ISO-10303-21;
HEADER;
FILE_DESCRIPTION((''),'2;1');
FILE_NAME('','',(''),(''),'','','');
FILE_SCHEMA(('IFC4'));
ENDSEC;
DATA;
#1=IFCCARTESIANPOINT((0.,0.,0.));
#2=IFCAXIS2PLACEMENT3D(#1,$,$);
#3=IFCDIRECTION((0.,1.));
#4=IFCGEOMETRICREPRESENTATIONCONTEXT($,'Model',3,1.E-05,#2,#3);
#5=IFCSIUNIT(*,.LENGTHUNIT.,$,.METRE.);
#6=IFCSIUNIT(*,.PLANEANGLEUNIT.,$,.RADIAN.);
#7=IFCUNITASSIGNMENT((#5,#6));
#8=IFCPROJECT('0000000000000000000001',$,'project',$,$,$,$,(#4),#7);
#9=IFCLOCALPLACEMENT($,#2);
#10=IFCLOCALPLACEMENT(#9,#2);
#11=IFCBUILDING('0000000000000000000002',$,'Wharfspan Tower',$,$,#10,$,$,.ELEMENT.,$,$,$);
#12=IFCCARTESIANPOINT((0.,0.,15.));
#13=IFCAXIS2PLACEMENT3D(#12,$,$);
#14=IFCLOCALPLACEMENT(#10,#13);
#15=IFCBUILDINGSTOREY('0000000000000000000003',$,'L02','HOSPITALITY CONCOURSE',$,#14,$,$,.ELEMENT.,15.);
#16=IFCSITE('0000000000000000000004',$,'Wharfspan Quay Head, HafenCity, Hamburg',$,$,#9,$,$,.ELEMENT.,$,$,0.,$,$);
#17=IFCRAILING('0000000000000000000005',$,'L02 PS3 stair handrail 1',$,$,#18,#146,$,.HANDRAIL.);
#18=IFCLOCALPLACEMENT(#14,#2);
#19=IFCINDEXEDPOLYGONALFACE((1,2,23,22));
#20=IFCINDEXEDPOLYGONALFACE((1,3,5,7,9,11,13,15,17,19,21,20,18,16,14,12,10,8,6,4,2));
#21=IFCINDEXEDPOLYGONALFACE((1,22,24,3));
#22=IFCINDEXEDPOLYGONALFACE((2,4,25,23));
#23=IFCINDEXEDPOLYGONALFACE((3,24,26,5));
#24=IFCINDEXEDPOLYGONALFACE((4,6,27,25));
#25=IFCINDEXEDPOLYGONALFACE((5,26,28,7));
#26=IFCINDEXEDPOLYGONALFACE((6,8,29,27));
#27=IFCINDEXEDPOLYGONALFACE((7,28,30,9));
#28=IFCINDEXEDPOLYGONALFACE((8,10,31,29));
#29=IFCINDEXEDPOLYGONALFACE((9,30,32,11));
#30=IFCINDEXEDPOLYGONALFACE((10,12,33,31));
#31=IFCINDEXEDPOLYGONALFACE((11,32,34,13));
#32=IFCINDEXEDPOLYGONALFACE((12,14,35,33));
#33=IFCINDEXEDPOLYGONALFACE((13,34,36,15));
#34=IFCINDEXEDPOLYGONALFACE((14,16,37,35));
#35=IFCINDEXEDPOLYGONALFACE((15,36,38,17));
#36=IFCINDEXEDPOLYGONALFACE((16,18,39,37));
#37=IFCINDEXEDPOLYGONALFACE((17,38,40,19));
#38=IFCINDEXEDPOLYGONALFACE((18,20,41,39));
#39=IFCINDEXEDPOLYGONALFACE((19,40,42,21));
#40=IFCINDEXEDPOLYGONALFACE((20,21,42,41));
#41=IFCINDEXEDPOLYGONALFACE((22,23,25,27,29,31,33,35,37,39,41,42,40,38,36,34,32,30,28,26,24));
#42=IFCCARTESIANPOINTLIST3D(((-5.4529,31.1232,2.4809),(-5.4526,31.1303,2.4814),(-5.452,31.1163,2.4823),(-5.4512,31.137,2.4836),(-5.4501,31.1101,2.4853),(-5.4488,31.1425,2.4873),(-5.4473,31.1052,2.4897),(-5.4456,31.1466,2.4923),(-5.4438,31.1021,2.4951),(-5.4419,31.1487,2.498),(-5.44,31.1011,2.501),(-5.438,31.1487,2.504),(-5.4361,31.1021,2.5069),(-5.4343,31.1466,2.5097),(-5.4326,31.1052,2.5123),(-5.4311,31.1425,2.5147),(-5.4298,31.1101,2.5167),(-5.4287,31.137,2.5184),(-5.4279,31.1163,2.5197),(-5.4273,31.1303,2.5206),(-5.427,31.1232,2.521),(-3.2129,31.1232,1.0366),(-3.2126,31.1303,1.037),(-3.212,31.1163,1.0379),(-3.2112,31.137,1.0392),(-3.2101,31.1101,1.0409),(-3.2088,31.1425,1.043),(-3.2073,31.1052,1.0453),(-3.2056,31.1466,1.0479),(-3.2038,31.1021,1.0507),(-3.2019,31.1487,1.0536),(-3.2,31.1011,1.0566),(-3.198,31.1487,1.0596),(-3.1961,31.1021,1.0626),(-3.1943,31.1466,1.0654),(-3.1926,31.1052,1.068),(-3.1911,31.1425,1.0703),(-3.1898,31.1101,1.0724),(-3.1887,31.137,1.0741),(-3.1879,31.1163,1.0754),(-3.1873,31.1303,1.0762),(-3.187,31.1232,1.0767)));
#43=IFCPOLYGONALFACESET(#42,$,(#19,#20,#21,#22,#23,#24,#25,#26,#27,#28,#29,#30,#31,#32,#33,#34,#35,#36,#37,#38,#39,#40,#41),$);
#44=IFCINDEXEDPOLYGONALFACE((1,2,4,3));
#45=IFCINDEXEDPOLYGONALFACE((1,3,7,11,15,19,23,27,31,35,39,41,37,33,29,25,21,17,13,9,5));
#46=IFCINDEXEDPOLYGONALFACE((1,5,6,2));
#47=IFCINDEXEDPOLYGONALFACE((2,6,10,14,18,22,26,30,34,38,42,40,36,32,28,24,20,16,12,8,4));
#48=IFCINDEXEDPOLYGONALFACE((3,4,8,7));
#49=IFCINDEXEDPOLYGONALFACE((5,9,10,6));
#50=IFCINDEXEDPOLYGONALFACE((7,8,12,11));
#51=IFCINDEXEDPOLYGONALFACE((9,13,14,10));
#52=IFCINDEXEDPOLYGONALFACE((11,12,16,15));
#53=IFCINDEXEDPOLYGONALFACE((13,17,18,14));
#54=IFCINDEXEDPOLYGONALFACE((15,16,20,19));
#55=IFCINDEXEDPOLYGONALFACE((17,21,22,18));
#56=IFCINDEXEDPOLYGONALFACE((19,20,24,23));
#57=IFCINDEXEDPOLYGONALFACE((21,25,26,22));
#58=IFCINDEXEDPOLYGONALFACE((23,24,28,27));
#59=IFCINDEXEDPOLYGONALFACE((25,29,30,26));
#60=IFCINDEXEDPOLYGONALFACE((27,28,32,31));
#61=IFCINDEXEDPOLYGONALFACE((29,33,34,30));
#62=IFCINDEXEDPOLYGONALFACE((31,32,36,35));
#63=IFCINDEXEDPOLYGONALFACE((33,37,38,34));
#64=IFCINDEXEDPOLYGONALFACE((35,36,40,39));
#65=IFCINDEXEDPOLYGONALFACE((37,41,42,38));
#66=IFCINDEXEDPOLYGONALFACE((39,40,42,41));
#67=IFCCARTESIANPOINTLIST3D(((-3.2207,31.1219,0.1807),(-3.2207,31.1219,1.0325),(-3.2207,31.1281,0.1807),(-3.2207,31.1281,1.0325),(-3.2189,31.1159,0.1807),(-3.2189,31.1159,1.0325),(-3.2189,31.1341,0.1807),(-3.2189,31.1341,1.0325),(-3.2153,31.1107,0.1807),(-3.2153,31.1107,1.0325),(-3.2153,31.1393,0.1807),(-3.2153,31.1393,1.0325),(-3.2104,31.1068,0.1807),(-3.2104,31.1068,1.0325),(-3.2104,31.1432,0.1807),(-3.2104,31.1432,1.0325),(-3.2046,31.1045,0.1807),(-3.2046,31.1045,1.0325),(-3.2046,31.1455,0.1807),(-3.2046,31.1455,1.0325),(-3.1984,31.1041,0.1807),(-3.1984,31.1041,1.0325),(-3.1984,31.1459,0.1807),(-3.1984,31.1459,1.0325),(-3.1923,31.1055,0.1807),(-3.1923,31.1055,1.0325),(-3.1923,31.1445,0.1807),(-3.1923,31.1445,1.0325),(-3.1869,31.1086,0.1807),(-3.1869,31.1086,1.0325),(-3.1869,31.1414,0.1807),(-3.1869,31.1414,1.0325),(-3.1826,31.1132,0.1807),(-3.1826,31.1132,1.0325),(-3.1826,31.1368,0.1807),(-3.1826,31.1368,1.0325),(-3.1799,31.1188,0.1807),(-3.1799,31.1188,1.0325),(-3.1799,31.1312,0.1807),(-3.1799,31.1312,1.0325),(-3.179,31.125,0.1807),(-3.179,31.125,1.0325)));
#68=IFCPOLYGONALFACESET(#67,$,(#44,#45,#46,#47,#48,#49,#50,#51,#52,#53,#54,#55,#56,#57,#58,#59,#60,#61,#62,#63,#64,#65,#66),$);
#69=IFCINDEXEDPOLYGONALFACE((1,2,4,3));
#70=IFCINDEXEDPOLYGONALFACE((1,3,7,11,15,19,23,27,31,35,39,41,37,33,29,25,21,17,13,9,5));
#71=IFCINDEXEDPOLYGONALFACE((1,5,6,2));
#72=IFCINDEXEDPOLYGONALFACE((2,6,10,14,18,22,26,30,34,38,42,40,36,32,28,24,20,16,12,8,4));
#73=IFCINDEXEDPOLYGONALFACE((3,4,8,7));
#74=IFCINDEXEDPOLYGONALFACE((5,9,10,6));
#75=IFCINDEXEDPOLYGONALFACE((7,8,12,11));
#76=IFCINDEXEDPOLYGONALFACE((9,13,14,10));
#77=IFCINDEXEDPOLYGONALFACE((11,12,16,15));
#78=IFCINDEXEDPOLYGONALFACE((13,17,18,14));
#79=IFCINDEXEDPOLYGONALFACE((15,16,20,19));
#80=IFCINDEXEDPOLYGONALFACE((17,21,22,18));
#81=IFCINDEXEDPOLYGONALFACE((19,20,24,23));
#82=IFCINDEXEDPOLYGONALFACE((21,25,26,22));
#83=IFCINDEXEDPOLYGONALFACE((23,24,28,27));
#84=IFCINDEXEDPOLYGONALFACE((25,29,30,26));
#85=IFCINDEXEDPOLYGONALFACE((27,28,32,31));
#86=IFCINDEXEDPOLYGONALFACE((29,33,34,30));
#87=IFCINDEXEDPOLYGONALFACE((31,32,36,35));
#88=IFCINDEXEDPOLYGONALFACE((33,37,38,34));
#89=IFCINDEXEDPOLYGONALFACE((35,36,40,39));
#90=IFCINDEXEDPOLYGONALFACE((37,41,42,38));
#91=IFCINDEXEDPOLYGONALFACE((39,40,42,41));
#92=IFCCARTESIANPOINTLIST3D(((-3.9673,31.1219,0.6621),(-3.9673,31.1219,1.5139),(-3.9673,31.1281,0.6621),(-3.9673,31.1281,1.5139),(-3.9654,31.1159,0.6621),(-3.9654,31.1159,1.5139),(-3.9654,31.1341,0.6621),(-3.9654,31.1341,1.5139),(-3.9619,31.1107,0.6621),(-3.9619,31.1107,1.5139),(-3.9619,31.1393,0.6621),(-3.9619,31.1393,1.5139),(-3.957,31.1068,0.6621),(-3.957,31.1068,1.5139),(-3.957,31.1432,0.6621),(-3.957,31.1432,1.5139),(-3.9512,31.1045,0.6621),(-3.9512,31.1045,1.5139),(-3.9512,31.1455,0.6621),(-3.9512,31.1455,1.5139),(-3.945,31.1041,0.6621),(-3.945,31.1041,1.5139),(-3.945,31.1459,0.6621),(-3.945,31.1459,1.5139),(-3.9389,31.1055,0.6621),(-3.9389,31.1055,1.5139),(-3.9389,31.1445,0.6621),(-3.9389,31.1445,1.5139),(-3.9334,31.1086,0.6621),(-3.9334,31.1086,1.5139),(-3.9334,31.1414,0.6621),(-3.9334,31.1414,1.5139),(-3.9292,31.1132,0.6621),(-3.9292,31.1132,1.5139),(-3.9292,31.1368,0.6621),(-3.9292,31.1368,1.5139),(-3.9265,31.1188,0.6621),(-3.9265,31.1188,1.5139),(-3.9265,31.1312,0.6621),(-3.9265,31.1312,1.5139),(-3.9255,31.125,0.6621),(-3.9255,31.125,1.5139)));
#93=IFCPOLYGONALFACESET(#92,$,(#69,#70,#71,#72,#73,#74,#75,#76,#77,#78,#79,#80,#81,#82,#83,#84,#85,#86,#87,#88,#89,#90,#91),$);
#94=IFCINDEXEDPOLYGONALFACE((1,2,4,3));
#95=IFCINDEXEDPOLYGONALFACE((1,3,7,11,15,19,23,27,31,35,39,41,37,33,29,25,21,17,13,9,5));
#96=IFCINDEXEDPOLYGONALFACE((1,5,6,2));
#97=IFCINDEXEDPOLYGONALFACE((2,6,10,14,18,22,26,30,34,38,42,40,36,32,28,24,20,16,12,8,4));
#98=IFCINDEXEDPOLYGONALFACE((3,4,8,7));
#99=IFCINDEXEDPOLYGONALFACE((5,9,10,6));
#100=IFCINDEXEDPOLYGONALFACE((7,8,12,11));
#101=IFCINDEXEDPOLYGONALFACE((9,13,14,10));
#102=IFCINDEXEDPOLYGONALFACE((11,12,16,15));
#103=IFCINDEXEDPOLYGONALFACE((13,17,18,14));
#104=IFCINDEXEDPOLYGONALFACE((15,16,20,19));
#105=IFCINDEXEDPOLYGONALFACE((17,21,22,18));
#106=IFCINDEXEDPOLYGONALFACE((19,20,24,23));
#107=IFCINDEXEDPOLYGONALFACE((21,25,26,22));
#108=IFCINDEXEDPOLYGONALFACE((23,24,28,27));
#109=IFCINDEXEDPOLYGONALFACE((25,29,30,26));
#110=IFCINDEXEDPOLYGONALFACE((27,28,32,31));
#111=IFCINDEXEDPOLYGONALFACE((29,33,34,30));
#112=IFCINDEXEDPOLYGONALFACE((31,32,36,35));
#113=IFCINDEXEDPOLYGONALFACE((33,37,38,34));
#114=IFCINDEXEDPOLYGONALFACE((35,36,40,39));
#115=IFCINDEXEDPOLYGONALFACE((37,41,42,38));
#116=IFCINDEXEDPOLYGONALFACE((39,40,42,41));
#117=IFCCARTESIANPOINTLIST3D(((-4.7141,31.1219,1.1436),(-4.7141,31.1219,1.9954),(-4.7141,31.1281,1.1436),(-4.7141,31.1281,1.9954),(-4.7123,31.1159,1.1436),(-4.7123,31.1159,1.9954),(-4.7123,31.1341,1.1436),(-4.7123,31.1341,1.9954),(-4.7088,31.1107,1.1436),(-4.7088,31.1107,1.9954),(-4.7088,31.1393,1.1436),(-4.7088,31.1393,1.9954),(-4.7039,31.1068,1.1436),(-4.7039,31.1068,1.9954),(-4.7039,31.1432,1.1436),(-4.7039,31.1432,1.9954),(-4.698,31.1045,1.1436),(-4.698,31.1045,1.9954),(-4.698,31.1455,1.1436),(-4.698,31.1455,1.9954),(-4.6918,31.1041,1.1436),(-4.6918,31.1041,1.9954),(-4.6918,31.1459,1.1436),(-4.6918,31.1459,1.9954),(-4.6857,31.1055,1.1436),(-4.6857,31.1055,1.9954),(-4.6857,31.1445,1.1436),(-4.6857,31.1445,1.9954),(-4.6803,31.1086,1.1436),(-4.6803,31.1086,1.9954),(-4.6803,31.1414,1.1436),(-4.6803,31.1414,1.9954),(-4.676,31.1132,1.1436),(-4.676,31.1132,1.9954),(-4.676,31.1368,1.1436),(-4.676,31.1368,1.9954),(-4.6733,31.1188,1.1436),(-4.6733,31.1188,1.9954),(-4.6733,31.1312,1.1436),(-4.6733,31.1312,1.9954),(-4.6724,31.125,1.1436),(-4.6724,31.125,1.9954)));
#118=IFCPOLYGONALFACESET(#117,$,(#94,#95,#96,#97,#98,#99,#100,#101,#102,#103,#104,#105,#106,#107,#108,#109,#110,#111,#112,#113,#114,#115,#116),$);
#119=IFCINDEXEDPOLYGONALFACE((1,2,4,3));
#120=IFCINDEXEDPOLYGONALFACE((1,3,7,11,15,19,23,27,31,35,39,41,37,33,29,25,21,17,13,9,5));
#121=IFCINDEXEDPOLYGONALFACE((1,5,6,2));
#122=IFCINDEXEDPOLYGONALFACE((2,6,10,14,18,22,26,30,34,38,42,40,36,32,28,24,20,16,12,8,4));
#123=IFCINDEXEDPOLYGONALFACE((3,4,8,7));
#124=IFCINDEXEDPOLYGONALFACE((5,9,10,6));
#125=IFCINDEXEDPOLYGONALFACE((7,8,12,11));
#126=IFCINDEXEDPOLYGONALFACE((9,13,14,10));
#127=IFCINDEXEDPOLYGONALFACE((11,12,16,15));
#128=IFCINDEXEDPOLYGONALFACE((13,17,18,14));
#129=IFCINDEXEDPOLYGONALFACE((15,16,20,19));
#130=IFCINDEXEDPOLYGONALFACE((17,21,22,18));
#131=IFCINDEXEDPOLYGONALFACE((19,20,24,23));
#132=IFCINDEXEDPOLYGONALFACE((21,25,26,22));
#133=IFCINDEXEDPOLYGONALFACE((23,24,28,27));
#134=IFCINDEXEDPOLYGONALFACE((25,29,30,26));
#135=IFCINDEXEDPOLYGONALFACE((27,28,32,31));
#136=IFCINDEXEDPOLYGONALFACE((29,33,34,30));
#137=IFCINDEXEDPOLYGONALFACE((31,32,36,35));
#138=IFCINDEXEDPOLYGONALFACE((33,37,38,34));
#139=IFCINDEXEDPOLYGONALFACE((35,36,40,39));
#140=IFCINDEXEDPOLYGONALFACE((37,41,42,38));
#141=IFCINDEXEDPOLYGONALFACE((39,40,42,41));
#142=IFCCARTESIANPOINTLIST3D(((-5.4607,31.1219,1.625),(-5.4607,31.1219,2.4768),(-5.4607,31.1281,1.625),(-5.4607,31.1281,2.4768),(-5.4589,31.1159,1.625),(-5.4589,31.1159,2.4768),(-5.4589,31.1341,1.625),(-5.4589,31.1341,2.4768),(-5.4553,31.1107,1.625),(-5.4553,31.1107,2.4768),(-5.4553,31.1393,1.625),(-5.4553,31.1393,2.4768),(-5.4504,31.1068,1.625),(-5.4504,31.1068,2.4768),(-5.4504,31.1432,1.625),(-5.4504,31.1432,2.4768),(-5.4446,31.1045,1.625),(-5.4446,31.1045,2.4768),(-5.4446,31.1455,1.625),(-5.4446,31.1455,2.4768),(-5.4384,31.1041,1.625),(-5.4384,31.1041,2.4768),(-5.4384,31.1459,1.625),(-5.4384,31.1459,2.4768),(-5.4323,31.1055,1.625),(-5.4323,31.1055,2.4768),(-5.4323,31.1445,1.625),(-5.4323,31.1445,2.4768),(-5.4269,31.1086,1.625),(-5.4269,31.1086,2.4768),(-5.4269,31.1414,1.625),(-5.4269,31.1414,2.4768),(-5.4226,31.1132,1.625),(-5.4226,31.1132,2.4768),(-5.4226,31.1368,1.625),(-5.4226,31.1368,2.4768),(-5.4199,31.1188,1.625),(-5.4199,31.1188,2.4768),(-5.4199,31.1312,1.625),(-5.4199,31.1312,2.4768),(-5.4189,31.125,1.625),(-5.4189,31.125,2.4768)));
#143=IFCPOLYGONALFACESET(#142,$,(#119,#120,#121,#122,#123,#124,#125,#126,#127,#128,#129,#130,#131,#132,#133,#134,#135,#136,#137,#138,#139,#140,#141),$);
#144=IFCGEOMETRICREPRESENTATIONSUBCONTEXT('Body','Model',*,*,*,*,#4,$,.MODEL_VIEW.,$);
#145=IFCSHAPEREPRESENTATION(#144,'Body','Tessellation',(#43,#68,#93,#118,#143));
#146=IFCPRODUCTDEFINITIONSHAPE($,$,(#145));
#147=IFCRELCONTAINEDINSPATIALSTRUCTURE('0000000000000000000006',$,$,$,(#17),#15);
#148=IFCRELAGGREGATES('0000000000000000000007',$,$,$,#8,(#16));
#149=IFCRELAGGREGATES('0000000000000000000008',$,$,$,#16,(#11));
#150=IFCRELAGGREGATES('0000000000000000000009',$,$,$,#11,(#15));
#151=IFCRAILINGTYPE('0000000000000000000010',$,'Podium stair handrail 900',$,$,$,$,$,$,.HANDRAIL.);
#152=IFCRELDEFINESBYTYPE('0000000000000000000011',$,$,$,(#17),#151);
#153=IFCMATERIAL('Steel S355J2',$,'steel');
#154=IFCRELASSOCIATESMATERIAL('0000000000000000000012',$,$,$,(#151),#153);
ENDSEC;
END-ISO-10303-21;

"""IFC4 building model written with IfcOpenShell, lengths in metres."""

from ifc_helpers import new_model, si_unit, direction, frame, origin, origin_2d, place, context, subcontext, project, spatial, circle, extrude, material, type_object, element, save


model = new_model("IFC4")

# Units and contexts
model_context = context("Model", 3, precision=1e-05, world=origin(), true_north=direction((0.0, 1.0)))
body_context = subcontext(model_context, "Body", "Model", "MODEL_VIEW")
ifc_project = project(units=[si_unit("LENGTHUNIT", "METRE"), si_unit("PLANEANGLEUNIT", "RADIAN")], contexts=[model_context])

# Site, building, storey
site_placement = place(None, origin())
site = spatial("IfcSite", under=ifc_project, at=site_placement, Name="Wharfspan Quay Head, HafenCity, Hamburg", CompositionType="ELEMENT", RefElevation=0.0)
building_placement = place(site_placement, origin())
building = spatial("IfcBuilding", under=site, at=building_placement, Name="Wharfspan Tower", CompositionType="ELEMENT")
storey_placement = place(building_placement, frame((0.0, 0.0, 15.0)))
storey = spatial("IfcBuildingStorey", under=building, at=storey_placement, Name="L02", Description="HOSPITALITY CONCOURSE", CompositionType="ELEMENT", Elevation=15.0)

# Railing
ifc_material_1 = material(Name="Steel S355J2", Category="steel")
railing_type = type_object("IfcRailingType", Name="Podium stair handrail 900", PredefinedType="HANDRAIL", material=ifc_material_1)
for number, where, name in (
    (1, (-3.2, 31.125, 0.1807), "L02 PS3 stair handrail 1"),
):
    element("IfcRailing", number, at=place(storey_placement, frame(where)), inside=storey, type_object=railing_type, Name=name, PredefinedType="HANDRAIL", context=body_context, shape_type="SweptSolid", body=[
        extrude(circle(Radius=0.0239, at=origin_2d()), frame((0.0, 0.0, 0.876), z_axis=(-0.840437, 0.0, 0.54191), x_axis=(0.0, -1.0, 0.0)), (0.0, 0.0, 1.0), 2.6653),
        extrude(circle(Radius=0.021, at=origin_2d()), origin(), (0.0, 0.0, 1.0), 0.8518),
        extrude(circle(Radius=0.021, at=origin_2d()), frame((-0.7466, 0.0, 0.4814)), (0.0, 0.0, 1.0), 0.8518),
        extrude(circle(Radius=0.021, at=origin_2d()), frame((-1.4934, 0.0, 0.9629)), (0.0, 0.0, 1.0), 0.8518),
        extrude(circle(Radius=0.021, at=origin_2d()), frame((-2.24, 0.0, 1.4443)), (0.0, 0.0, 1.0), 0.8518),
    ])

save(model, "model.ifc")
